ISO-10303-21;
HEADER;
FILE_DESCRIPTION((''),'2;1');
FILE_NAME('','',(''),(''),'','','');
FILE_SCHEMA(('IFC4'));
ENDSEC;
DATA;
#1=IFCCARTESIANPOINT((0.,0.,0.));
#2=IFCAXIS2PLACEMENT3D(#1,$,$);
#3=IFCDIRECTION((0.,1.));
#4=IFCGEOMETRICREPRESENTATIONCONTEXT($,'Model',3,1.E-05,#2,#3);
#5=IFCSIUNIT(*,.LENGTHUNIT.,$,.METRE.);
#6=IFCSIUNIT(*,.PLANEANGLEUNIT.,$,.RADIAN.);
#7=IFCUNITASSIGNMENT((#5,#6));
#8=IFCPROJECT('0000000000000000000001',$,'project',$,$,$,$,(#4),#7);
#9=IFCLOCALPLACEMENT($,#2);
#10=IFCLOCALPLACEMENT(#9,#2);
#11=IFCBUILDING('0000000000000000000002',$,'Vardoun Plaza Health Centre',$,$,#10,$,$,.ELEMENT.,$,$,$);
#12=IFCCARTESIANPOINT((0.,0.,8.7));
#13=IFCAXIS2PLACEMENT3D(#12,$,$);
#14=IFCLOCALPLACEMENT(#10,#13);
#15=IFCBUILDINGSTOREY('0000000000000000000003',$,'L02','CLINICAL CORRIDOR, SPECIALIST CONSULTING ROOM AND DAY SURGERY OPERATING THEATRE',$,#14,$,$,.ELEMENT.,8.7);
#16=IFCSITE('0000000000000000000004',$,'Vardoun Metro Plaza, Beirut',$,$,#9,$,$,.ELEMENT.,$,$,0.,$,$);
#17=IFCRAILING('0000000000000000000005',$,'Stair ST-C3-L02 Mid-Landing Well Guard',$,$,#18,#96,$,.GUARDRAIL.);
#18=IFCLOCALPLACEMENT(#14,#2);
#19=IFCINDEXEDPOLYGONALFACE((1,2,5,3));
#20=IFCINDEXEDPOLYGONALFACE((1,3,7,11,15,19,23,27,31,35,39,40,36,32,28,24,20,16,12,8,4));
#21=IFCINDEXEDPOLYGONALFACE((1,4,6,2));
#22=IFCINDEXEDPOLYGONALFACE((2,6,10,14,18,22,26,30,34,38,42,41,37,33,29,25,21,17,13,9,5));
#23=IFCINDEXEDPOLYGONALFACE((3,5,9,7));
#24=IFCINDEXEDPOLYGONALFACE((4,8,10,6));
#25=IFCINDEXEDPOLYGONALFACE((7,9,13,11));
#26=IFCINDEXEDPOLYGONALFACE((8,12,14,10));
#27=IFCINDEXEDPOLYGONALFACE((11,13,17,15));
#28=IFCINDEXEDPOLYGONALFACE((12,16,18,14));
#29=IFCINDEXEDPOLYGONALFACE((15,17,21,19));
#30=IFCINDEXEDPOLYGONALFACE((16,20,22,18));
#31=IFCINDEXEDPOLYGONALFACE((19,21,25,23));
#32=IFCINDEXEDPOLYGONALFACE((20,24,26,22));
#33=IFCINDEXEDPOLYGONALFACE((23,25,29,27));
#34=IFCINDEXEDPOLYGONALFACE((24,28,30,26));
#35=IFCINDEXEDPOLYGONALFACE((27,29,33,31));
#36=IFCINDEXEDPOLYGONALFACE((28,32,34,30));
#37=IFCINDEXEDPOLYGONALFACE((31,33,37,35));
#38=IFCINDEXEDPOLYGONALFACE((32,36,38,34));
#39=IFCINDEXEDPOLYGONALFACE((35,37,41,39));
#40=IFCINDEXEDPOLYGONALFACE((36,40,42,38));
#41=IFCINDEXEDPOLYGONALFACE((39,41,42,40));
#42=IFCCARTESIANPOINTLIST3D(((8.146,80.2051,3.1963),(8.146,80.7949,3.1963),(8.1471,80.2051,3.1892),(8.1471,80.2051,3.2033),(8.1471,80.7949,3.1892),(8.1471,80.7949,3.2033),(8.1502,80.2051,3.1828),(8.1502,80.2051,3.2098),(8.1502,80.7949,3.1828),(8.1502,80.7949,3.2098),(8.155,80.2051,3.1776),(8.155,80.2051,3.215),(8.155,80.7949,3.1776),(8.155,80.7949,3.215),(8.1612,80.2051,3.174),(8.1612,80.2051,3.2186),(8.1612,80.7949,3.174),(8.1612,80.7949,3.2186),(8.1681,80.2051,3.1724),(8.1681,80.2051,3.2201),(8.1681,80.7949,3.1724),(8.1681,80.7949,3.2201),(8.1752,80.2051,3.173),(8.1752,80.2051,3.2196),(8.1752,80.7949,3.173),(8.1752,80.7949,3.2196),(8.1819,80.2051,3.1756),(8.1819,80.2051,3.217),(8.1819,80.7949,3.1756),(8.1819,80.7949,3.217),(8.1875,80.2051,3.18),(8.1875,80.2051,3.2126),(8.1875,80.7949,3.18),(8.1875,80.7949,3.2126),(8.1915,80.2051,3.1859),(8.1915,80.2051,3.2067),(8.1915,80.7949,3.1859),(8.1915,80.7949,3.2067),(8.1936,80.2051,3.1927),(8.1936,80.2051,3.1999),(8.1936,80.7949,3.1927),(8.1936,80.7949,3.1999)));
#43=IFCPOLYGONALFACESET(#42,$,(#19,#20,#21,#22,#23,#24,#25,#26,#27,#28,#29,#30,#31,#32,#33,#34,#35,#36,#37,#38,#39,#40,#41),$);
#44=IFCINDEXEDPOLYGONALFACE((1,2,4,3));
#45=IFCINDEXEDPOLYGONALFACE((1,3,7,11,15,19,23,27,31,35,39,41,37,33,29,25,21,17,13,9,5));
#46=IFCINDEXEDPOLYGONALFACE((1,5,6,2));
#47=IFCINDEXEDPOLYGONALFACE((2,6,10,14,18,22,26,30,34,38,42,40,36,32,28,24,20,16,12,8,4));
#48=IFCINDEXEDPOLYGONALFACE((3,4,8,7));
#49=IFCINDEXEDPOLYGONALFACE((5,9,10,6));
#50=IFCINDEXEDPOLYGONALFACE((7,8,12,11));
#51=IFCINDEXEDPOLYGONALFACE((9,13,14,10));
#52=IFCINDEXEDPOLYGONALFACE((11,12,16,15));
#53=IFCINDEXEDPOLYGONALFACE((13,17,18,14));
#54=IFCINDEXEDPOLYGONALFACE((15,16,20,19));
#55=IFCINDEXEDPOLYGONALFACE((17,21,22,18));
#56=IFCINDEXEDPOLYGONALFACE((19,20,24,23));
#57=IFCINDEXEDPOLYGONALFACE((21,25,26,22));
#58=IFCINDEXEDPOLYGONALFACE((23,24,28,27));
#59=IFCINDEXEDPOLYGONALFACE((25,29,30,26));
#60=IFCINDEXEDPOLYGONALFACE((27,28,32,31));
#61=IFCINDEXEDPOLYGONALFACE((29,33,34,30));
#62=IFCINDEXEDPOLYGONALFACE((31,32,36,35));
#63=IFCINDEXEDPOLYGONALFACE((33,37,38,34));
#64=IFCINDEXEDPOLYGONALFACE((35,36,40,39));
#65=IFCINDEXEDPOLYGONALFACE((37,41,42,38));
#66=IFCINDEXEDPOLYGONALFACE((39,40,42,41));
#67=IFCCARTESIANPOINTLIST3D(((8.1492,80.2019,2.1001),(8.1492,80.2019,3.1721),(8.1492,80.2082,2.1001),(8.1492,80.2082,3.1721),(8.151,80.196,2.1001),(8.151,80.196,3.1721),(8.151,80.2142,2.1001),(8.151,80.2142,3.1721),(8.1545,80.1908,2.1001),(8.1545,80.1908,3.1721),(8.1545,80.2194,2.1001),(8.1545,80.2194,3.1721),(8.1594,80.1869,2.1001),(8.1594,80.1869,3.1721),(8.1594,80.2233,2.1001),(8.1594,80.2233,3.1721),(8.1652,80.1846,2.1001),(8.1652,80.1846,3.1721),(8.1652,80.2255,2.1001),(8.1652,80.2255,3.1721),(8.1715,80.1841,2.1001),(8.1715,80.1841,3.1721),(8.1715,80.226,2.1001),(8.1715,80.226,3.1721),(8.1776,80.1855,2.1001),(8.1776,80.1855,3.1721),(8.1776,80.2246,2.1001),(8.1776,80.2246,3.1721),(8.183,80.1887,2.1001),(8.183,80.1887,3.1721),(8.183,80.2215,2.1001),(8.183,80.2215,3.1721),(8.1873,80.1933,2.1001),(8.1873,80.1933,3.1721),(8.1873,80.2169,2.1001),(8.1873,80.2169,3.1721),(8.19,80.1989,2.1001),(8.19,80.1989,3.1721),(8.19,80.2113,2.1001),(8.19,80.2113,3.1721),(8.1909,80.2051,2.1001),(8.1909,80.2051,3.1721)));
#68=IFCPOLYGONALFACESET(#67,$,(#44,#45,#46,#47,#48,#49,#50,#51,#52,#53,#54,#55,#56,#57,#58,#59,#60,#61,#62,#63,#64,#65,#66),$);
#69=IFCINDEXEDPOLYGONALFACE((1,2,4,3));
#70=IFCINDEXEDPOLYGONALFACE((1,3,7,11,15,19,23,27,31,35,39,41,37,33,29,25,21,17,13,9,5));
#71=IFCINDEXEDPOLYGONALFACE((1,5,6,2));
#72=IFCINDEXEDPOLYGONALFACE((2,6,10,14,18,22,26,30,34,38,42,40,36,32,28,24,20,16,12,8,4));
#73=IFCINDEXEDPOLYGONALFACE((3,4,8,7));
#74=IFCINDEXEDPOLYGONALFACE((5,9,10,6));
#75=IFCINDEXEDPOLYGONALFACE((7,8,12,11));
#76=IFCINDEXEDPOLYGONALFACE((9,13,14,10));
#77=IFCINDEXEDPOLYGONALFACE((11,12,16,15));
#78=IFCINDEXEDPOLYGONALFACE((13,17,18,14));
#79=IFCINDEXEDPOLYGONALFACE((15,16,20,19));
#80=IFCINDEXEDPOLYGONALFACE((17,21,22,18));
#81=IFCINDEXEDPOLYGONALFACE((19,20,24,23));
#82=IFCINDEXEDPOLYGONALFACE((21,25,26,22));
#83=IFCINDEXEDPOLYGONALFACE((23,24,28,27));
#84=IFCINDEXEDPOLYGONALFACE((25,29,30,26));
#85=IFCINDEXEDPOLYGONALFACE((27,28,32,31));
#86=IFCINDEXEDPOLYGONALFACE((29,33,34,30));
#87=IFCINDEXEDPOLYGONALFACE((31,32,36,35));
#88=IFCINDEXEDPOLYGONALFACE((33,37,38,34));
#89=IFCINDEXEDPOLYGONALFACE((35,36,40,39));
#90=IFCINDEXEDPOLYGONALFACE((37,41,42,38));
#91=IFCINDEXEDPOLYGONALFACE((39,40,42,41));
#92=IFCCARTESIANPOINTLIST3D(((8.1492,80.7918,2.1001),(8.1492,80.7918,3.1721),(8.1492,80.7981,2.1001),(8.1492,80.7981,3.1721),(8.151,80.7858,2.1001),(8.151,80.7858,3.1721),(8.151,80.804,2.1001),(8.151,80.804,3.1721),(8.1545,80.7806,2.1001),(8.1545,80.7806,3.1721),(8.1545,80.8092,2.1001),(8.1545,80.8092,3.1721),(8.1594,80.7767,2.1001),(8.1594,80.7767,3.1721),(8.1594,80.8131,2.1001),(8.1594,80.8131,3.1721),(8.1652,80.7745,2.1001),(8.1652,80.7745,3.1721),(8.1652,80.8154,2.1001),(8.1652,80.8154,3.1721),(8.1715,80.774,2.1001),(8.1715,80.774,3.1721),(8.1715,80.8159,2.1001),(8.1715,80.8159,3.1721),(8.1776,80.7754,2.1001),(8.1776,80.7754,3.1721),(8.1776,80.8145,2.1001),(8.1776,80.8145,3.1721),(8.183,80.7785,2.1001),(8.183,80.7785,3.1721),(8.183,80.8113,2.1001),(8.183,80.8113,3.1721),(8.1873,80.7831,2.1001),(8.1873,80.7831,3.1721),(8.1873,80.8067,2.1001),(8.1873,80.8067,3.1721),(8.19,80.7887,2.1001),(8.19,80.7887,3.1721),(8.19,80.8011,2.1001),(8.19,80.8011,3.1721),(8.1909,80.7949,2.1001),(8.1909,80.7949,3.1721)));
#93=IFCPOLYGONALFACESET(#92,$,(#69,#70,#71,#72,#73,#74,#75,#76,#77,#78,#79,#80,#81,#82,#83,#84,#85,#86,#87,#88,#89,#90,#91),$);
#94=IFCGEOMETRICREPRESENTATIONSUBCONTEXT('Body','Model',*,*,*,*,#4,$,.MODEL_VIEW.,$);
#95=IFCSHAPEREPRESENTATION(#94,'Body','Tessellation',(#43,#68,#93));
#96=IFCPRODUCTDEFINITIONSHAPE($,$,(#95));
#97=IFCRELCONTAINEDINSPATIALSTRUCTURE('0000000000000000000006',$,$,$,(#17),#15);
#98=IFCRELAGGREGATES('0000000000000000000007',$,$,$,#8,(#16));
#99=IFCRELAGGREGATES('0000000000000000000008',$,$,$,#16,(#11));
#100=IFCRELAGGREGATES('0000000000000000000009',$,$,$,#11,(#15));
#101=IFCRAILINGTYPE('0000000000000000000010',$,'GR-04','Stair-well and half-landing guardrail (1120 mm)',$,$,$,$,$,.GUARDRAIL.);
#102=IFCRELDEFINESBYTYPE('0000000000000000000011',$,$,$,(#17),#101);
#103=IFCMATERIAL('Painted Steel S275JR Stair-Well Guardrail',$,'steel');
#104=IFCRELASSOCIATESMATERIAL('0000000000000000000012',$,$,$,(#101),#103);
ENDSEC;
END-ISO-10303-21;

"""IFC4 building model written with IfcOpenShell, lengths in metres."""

from ifc_helpers import new_model, si_unit, direction, frame, origin, origin_2d, place, context, subcontext, project, spatial, circle, extrude, material, type_object, element, save


model = new_model("IFC4")

# Units and contexts
model_context = context("Model", 3, precision=1e-05, world=origin(), true_north=direction((0.0, 1.0)))
body_context = subcontext(model_context, "Body", "Model", "MODEL_VIEW")
ifc_project = project(units=[si_unit("LENGTHUNIT", "METRE"), si_unit("PLANEANGLEUNIT", "RADIAN")], contexts=[model_context])

# Site, building, storey
site_placement = place(None, origin())
site = spatial("IfcSite", under=ifc_project, at=site_placement, Name="Vardoun Metro Plaza, Beirut", CompositionType="ELEMENT", RefElevation=0.0)
building_placement = place(site_placement, origin())
building = spatial("IfcBuilding", under=site, at=building_placement, Name="Vardoun Plaza Health Centre", CompositionType="ELEMENT")
storey_placement = place(building_placement, frame((0.0, 0.0, 8.7)))
storey = spatial("IfcBuildingStorey", under=building, at=storey_placement, Name="L02", Description="CLINICAL CORRIDOR, SPECIALIST CONSULTING ROOM AND DAY SURGERY OPERATING THEATRE", CompositionType="ELEMENT", Elevation=8.7)

# Railing
ifc_material_1 = material(Name="Painted Steel S275JR Stair-Well Guardrail", Category="steel")
railing_type_1 = type_object("IfcRailingType", Name="GR-04", Description="Stair-well and half-landing guardrail (1120 mm)", PredefinedType="GUARDRAIL", material=ifc_material_1)
railing_1_placement = place(storey_placement, frame((8.1699, 80.2051, 2.1001)))
element("IfcRailing", 1, at=railing_1_placement, inside=storey, type_object=railing_type_1, Name="Stair ST-C3-L02 Mid-Landing Well Guard", PredefinedType="GUARDRAIL", context=body_context, shape_type="SweptSolid", body=[
    extrude(circle(Radius=0.0239, at=origin_2d()), frame((0.0, 0.0, 1.0962), z_axis=(0.0, 1.0, 0.0), x_axis=(-1.0, 0.0, 0.0)), (0.0, 0.0, 1.0), 0.5898),
    extrude(circle(Radius=0.021, at=origin_2d()), origin(), (0.0, 0.0, 1.0), 1.072),
    extrude(circle(Radius=0.021, at=origin_2d()), frame((0.0, 0.5898, 0.0)), (0.0, 0.0, 1.0), 1.072),
])

save(model, "model.ifc")
